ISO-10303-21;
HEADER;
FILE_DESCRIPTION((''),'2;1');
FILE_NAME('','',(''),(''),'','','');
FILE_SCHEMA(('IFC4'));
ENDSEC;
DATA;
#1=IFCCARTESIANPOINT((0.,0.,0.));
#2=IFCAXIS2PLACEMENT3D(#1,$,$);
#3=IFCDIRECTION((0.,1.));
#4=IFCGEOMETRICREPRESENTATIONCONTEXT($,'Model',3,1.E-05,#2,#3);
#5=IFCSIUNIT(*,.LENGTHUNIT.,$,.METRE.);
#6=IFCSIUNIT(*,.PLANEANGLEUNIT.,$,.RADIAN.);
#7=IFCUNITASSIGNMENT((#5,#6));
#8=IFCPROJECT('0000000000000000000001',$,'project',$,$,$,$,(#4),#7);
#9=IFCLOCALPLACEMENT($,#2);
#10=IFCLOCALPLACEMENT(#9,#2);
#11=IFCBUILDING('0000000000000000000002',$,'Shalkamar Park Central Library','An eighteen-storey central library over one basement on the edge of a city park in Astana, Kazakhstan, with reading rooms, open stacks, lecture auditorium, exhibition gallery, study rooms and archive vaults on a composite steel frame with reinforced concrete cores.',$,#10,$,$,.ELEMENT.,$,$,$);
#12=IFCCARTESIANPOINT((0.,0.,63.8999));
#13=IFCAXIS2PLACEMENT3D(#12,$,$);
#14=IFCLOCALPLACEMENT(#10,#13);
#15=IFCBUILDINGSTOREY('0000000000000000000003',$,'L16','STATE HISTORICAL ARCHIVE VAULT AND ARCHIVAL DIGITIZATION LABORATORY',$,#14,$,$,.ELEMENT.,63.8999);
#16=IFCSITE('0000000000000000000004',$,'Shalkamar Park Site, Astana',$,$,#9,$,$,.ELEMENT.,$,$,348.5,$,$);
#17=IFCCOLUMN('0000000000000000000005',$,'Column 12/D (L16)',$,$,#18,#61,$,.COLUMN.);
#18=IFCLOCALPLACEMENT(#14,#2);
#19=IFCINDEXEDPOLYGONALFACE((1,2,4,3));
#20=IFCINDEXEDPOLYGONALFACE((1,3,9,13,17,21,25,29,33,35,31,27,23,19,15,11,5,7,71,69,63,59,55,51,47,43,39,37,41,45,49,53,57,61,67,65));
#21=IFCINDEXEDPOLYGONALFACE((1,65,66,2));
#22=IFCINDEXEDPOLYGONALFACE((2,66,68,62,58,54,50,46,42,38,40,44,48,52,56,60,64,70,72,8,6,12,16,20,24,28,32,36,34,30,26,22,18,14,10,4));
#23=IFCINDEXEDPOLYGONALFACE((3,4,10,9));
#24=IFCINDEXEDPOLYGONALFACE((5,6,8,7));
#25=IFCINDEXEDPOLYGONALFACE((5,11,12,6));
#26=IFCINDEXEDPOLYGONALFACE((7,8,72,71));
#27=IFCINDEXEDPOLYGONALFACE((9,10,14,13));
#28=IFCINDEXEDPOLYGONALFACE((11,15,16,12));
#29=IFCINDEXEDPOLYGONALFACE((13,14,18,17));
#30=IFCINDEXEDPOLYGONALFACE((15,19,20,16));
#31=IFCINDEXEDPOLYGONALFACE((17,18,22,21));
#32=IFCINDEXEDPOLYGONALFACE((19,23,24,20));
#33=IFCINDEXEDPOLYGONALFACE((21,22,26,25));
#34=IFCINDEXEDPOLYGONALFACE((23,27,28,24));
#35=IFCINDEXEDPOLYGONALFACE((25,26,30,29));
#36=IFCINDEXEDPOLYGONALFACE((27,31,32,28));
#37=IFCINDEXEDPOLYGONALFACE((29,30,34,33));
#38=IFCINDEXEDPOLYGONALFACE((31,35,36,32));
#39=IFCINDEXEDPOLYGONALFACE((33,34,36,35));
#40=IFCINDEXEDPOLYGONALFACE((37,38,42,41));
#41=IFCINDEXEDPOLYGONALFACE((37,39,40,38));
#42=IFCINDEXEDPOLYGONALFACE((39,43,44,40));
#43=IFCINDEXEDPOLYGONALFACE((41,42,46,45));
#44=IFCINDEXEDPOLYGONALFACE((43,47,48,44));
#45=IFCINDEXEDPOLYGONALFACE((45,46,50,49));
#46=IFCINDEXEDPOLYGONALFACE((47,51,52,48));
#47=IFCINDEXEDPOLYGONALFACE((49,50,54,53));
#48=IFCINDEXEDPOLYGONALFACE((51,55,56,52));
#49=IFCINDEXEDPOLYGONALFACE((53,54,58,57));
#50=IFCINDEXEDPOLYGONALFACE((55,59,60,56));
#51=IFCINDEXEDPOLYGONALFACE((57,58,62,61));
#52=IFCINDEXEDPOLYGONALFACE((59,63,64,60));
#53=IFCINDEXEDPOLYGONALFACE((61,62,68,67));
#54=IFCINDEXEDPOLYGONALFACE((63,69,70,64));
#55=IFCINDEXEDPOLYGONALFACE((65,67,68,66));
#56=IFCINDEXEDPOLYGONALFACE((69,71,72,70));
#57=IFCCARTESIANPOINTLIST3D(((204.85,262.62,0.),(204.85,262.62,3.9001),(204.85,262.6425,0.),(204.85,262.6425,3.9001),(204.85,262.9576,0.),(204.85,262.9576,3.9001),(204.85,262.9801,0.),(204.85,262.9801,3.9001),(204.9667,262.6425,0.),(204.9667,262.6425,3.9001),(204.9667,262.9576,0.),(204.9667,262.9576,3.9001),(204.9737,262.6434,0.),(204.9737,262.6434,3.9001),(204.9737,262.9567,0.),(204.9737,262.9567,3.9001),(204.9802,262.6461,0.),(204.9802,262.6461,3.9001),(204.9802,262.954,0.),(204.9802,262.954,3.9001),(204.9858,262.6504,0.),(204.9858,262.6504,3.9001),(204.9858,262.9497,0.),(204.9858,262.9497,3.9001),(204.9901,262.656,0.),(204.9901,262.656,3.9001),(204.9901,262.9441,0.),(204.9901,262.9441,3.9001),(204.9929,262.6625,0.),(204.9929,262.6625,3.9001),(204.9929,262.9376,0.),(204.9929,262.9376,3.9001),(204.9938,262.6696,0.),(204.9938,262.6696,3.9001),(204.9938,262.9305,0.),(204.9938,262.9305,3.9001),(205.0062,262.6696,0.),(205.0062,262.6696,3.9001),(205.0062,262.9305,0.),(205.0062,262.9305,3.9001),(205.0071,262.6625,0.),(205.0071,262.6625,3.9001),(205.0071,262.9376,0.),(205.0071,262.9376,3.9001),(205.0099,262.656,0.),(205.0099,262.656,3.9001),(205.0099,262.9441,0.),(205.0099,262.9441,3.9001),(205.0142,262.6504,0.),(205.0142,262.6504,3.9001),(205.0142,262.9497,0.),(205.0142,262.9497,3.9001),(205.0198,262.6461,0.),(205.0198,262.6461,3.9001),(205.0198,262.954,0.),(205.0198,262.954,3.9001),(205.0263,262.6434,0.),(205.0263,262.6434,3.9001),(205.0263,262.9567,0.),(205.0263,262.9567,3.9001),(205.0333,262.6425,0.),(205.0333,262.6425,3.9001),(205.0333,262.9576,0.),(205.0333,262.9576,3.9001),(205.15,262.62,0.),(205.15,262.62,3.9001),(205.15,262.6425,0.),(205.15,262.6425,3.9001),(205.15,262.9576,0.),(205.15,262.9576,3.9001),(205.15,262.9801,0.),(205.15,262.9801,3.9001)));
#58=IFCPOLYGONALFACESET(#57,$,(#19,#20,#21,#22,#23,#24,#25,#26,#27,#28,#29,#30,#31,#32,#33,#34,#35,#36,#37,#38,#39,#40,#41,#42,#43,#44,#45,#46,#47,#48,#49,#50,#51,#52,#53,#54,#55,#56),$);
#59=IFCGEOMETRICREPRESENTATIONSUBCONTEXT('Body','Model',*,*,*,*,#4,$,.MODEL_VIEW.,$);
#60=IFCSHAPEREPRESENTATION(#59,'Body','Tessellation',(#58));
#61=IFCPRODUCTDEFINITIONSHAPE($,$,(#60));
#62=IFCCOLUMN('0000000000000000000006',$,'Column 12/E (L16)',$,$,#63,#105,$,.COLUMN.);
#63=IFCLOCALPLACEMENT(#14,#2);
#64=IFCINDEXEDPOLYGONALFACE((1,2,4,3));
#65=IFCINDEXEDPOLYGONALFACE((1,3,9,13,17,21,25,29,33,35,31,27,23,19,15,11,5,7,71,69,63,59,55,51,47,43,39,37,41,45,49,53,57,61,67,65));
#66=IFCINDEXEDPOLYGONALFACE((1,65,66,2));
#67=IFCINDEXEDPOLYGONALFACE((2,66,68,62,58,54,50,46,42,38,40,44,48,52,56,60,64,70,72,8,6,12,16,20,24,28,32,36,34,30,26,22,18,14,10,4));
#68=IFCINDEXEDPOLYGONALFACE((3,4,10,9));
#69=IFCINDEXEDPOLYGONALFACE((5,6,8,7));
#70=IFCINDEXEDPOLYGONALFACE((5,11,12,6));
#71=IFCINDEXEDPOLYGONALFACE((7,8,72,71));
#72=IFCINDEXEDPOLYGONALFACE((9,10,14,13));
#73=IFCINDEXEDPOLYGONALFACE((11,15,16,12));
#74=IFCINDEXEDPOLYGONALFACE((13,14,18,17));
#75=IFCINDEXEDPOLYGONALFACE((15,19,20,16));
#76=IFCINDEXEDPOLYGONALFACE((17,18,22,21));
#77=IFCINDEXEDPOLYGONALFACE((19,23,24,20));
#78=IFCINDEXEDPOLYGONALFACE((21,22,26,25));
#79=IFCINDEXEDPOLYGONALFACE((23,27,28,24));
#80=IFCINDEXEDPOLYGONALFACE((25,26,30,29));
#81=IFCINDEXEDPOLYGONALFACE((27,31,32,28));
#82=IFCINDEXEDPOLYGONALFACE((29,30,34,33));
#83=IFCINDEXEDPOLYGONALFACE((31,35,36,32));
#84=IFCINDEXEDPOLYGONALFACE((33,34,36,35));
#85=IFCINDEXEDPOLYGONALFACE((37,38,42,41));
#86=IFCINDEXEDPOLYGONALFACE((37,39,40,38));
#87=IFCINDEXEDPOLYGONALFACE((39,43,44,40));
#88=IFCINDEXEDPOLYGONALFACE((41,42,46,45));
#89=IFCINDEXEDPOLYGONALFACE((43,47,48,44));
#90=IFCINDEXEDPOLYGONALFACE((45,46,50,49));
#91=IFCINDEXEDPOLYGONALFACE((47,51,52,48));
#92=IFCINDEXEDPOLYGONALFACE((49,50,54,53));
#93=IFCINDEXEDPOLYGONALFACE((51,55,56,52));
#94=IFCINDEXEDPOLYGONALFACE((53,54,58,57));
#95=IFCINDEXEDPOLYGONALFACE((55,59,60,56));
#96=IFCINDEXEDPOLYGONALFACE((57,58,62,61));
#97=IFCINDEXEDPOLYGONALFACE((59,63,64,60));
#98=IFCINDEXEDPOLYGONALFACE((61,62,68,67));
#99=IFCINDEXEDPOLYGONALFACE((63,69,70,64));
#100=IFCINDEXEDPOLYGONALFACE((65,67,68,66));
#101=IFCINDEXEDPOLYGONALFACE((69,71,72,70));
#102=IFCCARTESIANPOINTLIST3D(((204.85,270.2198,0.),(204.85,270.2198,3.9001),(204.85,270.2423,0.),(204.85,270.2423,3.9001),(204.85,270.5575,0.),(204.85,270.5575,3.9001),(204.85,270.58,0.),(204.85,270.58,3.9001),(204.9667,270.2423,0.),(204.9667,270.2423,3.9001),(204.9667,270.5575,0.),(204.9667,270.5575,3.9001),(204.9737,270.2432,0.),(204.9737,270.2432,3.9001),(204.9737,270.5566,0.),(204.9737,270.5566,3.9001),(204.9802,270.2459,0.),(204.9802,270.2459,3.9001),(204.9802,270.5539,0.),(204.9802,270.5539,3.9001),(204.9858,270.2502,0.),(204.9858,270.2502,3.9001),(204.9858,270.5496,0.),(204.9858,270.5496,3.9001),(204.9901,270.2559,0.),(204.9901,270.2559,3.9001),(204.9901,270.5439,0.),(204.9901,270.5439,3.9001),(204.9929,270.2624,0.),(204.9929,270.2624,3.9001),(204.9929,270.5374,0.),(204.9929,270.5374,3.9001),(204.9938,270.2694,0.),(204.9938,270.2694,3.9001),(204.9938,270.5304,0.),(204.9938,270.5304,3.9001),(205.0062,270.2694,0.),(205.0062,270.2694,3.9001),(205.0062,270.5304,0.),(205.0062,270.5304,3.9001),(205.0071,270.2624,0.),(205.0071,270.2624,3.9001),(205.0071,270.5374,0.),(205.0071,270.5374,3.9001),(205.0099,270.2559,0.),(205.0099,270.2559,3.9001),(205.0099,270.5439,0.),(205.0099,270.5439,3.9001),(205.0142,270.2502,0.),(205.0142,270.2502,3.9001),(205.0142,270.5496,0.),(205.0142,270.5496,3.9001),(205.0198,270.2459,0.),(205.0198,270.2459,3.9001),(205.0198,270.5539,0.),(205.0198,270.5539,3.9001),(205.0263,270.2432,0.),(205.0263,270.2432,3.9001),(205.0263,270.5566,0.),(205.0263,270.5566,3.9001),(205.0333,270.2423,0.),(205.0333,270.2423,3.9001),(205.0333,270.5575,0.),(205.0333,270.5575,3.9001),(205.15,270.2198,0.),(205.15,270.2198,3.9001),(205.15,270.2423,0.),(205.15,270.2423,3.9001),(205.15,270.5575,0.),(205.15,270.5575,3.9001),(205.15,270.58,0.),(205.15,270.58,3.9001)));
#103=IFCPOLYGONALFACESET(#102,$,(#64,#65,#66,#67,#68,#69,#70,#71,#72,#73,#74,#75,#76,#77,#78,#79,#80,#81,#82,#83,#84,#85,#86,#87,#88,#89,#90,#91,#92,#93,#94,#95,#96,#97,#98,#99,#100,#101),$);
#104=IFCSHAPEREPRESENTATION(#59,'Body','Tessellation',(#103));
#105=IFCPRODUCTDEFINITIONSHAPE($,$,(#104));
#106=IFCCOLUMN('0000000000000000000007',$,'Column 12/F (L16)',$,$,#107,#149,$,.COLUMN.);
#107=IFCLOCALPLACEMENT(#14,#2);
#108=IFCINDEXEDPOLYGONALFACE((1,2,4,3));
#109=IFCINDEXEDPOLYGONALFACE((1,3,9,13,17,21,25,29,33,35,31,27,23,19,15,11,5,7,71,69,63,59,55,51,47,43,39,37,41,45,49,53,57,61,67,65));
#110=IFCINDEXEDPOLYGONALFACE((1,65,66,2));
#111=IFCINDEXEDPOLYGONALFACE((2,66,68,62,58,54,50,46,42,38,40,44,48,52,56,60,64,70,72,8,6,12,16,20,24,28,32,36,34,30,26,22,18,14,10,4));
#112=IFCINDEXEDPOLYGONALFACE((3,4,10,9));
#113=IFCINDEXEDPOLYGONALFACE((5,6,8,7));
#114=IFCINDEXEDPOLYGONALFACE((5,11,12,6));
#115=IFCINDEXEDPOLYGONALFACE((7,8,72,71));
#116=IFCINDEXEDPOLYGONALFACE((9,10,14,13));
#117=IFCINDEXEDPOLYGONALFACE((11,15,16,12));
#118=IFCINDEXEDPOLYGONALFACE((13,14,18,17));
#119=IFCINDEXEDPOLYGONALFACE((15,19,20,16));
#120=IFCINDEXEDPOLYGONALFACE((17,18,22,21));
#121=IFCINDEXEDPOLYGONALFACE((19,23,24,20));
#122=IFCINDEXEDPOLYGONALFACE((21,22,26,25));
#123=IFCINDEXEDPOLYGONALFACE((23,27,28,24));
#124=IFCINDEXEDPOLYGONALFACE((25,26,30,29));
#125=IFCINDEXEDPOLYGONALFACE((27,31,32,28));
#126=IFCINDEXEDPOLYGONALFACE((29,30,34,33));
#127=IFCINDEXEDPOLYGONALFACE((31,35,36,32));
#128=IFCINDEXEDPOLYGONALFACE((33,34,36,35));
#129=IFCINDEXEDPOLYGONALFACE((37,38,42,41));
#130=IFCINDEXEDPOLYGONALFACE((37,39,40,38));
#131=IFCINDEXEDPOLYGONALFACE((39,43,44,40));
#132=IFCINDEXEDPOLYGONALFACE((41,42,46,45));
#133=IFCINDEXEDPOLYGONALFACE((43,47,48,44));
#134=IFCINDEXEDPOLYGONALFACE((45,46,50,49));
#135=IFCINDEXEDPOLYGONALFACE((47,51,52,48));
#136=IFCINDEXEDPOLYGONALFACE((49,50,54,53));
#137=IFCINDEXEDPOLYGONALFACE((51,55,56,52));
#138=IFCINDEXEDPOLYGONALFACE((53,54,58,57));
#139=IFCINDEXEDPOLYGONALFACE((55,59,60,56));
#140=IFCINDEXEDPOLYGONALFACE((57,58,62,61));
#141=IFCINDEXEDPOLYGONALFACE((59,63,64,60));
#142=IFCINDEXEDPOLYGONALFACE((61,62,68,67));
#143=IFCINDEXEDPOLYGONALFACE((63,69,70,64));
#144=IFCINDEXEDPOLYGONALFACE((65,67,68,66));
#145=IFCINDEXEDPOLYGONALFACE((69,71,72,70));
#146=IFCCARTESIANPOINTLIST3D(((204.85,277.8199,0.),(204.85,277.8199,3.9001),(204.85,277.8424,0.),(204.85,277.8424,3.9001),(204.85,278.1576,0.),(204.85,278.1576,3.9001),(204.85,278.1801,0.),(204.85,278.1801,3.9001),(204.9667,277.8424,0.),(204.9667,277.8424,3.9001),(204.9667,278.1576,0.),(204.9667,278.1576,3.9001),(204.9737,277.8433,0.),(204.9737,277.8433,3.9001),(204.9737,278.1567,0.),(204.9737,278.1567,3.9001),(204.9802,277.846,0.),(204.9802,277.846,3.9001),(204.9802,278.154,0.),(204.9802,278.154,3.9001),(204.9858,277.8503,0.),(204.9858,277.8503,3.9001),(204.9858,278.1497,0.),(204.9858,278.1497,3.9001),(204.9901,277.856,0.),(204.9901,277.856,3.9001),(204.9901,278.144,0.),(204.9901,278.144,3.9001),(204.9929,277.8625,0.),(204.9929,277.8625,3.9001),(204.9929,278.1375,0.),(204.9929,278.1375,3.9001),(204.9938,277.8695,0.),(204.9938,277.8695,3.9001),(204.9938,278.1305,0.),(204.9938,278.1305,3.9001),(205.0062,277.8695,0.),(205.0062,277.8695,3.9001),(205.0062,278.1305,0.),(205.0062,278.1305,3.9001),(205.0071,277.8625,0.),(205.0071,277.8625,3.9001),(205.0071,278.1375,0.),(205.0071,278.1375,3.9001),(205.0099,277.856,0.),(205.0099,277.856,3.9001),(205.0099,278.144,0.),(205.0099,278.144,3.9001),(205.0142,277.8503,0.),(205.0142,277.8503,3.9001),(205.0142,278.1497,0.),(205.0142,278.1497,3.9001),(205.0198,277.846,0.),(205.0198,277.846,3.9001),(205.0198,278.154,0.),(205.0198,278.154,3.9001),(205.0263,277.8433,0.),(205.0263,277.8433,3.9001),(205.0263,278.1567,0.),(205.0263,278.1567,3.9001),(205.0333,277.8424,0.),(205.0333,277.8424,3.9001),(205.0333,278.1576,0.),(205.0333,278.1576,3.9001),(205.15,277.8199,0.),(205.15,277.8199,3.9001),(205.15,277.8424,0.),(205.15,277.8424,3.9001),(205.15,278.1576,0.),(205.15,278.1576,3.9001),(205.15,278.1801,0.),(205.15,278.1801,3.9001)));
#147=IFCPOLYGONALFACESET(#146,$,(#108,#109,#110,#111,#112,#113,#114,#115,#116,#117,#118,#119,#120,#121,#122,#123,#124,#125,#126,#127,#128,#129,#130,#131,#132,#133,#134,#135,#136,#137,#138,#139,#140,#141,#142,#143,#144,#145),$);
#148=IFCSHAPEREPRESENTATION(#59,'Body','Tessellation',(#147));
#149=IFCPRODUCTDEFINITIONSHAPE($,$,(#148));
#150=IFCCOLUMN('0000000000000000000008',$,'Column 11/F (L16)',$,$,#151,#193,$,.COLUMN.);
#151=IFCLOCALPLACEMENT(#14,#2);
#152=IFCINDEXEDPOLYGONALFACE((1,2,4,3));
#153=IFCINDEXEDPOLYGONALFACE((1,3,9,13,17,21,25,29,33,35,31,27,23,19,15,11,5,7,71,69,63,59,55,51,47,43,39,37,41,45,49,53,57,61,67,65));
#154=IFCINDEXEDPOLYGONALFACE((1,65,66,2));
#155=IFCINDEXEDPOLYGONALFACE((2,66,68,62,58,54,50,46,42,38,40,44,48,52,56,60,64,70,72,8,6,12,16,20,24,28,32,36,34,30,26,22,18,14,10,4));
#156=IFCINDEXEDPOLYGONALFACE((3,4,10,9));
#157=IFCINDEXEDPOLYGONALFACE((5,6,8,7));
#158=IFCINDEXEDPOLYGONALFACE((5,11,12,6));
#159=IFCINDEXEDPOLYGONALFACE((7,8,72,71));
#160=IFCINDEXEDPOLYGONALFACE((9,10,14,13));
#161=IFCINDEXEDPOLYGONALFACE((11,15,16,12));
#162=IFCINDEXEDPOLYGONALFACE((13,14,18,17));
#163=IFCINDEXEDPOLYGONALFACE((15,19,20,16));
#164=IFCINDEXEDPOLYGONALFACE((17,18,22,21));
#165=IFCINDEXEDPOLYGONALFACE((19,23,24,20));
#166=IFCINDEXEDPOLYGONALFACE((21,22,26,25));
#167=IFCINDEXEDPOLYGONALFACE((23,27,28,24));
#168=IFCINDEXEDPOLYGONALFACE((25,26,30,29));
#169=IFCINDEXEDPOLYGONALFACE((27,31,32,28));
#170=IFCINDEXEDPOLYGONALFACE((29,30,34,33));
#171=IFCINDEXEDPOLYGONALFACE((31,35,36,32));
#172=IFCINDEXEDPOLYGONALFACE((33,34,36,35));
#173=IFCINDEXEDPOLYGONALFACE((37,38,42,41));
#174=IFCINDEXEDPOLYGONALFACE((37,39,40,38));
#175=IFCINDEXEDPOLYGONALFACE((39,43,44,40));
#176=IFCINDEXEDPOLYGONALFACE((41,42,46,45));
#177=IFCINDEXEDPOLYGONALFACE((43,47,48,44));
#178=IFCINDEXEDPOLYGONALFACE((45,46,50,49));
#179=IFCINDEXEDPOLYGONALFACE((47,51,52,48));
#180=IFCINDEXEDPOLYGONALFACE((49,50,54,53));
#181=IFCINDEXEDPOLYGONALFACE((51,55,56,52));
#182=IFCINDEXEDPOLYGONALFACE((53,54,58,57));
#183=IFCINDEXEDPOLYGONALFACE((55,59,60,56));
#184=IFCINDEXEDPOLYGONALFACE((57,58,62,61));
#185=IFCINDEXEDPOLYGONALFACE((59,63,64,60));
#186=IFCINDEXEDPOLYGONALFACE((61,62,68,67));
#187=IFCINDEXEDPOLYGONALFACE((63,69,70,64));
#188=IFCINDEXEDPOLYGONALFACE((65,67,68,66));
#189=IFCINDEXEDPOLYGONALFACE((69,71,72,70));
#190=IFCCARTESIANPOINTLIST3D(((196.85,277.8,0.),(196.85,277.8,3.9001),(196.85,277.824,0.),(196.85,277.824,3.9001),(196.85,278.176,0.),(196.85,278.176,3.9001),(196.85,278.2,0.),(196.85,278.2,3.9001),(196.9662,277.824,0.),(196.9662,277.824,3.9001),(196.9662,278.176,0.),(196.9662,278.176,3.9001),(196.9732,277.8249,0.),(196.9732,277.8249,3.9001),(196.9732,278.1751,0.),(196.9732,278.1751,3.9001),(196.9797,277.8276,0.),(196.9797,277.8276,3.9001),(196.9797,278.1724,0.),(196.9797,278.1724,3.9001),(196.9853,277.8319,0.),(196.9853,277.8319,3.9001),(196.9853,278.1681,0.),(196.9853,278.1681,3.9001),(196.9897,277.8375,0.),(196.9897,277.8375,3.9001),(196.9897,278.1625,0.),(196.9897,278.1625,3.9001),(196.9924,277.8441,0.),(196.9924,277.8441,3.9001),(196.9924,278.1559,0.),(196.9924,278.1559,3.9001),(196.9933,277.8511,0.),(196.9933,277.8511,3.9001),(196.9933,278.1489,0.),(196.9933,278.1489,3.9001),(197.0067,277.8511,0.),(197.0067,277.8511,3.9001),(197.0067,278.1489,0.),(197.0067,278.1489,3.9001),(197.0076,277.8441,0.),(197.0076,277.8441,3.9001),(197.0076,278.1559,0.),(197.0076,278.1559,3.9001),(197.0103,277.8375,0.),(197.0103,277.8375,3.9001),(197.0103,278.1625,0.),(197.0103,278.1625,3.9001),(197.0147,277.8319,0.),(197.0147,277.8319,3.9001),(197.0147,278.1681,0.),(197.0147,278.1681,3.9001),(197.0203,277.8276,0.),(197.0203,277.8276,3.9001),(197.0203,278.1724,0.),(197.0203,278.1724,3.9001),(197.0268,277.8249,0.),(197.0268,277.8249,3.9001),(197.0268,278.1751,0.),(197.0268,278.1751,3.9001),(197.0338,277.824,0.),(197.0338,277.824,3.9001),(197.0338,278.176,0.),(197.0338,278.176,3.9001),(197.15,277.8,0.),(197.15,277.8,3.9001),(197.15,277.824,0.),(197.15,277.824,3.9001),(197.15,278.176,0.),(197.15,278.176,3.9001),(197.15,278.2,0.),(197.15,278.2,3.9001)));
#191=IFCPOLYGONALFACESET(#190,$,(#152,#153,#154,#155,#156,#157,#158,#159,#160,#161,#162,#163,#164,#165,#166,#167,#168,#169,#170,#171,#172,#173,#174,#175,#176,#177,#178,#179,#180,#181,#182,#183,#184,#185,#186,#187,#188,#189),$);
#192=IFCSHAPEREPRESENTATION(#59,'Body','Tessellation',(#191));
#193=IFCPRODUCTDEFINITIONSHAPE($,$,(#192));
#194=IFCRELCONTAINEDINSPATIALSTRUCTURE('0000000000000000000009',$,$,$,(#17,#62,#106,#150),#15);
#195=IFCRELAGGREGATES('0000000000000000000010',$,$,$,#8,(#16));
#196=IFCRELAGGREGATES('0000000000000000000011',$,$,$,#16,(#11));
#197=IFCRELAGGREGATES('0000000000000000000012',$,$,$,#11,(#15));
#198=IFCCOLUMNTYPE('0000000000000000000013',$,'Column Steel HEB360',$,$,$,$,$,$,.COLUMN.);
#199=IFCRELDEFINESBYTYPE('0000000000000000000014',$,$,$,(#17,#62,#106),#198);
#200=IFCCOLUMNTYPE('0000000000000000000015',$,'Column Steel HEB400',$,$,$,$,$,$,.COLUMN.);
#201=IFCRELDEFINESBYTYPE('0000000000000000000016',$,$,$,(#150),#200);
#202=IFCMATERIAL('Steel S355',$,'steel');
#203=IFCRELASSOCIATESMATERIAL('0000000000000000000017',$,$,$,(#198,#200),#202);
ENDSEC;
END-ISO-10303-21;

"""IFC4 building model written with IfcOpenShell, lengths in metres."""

from ifc_helpers import new_model, si_unit, direction, frame, origin, origin_2d, place, context, subcontext, project, spatial, i_section, extrude, material, material_profile, profile_set, type_object, element, save


model = new_model("IFC4")

# Units and contexts
model_context = context("Model", 3, precision=1e-05, world=origin(), true_north=direction((0.0, 1.0)))
body_context = subcontext(model_context, "Body", "Model", "MODEL_VIEW")
ifc_project = project(units=[si_unit("LENGTHUNIT", "METRE"), si_unit("PLANEANGLEUNIT", "RADIAN")], contexts=[model_context])

# Site, building, storey
site_placement = place(None, origin())
site = spatial("IfcSite", under=ifc_project, at=site_placement, Name="Shalkamar Park Site, Astana", CompositionType="ELEMENT", RefElevation=348.5)
building_placement = place(site_placement, origin())
building = spatial("IfcBuilding", under=site, at=building_placement, Name="Shalkamar Park Central Library", Description="An eighteen-storey central library over one basement on the edge of a city park in Astana, Kazakhstan, with reading rooms, open stacks, lecture auditorium, exhibition gallery, study rooms and archive vaults on a composite steel frame with reinforced concrete cores.", CompositionType="ELEMENT")
storey_placement = place(building_placement, frame((0.0, 0.0, 63.8999)))
storey = spatial("IfcBuildingStorey", under=building, at=storey_placement, Name="L16", Description="STATE HISTORICAL ARCHIVE VAULT AND ARCHIVAL DIGITIZATION LABORATORY", CompositionType="ELEMENT", Elevation=63.8999)

# Columns
ifc_material_1 = material(Name="Steel S355", Category="steel")
ifc_material_profile_1 = material_profile(ifc_material_1, i_section(OverallWidth=0.3, OverallDepth=0.3601, WebThickness=0.0125, FlangeThickness=0.0225, FilletRadius=0.0271, at=origin_2d()), Name="HEB 360")
ifc_profile_set_1 = profile_set([ifc_material_profile_1], Name="Steel S355")
column_type_1 = type_object("IfcColumnType", Name="Column Steel HEB360", PredefinedType="COLUMN", material=ifc_profile_set_1)
for number, where, z_axis, x_axis, name in (
    (1, (205.0, 262.8, 0.0), (0.0, 0.0, 1.0), (1.0, 0.0, 0.0), "Column 12/D (L16)"),
    (2, (205.0, 270.3999, 0.0), (0.0, 0.0, 1.0), (1.0, 0.0, 0.0), "Column 12/E (L16)"),
    (3, (205.0, 278.0, 0.0), (0.0, 0.0, 1.0), (1.0, 0.0, 0.0), "Column 12/F (L16)"),
):
    element("IfcColumn", number, at=place(storey_placement, frame(where, z_axis=z_axis, x_axis=x_axis)), inside=storey, type_object=column_type_1, Name=name, PredefinedType="COLUMN", context=body_context, shape_type="SweptSolid", body=[
        extrude(i_section(OverallWidth=0.3, OverallDepth=0.3601, WebThickness=0.0125, FlangeThickness=0.0225, FilletRadius=0.0271, at=origin_2d()), origin(), (0.0, 0.0, 1.0), 3.9001),
    ])
ifc_material_profile_2 = material_profile(ifc_material_1, i_section(OverallWidth=0.3, OverallDepth=0.3999, WebThickness=0.0134, FlangeThickness=0.0239, FilletRadius=0.0271, at=origin_2d()), Name="HEB 400")
ifc_profile_set_2 = profile_set([ifc_material_profile_2], Name="Steel S355")
column_type_2 = type_object("IfcColumnType", Name="Column Steel HEB400", PredefinedType="COLUMN", material=ifc_profile_set_2)
for number, where, z_axis, x_axis, name in (
    (4, (197.0, 278.0, 0.0), (0.0, 0.0, 1.0), (1.0, 0.0, 0.0), "Column 11/F (L16)"),
):
    element("IfcColumn", number, at=place(storey_placement, frame(where, z_axis=z_axis, x_axis=x_axis)), inside=storey, type_object=column_type_2, Name=name, PredefinedType="COLUMN", context=body_context, shape_type="SweptSolid", body=[
        extrude(i_section(OverallWidth=0.3, OverallDepth=0.3999, WebThickness=0.0134, FlangeThickness=0.0239, FilletRadius=0.0271, at=origin_2d()), origin(), (0.0, 0.0, 1.0), 3.9001),
    ])

save(model, "model.ifc")
